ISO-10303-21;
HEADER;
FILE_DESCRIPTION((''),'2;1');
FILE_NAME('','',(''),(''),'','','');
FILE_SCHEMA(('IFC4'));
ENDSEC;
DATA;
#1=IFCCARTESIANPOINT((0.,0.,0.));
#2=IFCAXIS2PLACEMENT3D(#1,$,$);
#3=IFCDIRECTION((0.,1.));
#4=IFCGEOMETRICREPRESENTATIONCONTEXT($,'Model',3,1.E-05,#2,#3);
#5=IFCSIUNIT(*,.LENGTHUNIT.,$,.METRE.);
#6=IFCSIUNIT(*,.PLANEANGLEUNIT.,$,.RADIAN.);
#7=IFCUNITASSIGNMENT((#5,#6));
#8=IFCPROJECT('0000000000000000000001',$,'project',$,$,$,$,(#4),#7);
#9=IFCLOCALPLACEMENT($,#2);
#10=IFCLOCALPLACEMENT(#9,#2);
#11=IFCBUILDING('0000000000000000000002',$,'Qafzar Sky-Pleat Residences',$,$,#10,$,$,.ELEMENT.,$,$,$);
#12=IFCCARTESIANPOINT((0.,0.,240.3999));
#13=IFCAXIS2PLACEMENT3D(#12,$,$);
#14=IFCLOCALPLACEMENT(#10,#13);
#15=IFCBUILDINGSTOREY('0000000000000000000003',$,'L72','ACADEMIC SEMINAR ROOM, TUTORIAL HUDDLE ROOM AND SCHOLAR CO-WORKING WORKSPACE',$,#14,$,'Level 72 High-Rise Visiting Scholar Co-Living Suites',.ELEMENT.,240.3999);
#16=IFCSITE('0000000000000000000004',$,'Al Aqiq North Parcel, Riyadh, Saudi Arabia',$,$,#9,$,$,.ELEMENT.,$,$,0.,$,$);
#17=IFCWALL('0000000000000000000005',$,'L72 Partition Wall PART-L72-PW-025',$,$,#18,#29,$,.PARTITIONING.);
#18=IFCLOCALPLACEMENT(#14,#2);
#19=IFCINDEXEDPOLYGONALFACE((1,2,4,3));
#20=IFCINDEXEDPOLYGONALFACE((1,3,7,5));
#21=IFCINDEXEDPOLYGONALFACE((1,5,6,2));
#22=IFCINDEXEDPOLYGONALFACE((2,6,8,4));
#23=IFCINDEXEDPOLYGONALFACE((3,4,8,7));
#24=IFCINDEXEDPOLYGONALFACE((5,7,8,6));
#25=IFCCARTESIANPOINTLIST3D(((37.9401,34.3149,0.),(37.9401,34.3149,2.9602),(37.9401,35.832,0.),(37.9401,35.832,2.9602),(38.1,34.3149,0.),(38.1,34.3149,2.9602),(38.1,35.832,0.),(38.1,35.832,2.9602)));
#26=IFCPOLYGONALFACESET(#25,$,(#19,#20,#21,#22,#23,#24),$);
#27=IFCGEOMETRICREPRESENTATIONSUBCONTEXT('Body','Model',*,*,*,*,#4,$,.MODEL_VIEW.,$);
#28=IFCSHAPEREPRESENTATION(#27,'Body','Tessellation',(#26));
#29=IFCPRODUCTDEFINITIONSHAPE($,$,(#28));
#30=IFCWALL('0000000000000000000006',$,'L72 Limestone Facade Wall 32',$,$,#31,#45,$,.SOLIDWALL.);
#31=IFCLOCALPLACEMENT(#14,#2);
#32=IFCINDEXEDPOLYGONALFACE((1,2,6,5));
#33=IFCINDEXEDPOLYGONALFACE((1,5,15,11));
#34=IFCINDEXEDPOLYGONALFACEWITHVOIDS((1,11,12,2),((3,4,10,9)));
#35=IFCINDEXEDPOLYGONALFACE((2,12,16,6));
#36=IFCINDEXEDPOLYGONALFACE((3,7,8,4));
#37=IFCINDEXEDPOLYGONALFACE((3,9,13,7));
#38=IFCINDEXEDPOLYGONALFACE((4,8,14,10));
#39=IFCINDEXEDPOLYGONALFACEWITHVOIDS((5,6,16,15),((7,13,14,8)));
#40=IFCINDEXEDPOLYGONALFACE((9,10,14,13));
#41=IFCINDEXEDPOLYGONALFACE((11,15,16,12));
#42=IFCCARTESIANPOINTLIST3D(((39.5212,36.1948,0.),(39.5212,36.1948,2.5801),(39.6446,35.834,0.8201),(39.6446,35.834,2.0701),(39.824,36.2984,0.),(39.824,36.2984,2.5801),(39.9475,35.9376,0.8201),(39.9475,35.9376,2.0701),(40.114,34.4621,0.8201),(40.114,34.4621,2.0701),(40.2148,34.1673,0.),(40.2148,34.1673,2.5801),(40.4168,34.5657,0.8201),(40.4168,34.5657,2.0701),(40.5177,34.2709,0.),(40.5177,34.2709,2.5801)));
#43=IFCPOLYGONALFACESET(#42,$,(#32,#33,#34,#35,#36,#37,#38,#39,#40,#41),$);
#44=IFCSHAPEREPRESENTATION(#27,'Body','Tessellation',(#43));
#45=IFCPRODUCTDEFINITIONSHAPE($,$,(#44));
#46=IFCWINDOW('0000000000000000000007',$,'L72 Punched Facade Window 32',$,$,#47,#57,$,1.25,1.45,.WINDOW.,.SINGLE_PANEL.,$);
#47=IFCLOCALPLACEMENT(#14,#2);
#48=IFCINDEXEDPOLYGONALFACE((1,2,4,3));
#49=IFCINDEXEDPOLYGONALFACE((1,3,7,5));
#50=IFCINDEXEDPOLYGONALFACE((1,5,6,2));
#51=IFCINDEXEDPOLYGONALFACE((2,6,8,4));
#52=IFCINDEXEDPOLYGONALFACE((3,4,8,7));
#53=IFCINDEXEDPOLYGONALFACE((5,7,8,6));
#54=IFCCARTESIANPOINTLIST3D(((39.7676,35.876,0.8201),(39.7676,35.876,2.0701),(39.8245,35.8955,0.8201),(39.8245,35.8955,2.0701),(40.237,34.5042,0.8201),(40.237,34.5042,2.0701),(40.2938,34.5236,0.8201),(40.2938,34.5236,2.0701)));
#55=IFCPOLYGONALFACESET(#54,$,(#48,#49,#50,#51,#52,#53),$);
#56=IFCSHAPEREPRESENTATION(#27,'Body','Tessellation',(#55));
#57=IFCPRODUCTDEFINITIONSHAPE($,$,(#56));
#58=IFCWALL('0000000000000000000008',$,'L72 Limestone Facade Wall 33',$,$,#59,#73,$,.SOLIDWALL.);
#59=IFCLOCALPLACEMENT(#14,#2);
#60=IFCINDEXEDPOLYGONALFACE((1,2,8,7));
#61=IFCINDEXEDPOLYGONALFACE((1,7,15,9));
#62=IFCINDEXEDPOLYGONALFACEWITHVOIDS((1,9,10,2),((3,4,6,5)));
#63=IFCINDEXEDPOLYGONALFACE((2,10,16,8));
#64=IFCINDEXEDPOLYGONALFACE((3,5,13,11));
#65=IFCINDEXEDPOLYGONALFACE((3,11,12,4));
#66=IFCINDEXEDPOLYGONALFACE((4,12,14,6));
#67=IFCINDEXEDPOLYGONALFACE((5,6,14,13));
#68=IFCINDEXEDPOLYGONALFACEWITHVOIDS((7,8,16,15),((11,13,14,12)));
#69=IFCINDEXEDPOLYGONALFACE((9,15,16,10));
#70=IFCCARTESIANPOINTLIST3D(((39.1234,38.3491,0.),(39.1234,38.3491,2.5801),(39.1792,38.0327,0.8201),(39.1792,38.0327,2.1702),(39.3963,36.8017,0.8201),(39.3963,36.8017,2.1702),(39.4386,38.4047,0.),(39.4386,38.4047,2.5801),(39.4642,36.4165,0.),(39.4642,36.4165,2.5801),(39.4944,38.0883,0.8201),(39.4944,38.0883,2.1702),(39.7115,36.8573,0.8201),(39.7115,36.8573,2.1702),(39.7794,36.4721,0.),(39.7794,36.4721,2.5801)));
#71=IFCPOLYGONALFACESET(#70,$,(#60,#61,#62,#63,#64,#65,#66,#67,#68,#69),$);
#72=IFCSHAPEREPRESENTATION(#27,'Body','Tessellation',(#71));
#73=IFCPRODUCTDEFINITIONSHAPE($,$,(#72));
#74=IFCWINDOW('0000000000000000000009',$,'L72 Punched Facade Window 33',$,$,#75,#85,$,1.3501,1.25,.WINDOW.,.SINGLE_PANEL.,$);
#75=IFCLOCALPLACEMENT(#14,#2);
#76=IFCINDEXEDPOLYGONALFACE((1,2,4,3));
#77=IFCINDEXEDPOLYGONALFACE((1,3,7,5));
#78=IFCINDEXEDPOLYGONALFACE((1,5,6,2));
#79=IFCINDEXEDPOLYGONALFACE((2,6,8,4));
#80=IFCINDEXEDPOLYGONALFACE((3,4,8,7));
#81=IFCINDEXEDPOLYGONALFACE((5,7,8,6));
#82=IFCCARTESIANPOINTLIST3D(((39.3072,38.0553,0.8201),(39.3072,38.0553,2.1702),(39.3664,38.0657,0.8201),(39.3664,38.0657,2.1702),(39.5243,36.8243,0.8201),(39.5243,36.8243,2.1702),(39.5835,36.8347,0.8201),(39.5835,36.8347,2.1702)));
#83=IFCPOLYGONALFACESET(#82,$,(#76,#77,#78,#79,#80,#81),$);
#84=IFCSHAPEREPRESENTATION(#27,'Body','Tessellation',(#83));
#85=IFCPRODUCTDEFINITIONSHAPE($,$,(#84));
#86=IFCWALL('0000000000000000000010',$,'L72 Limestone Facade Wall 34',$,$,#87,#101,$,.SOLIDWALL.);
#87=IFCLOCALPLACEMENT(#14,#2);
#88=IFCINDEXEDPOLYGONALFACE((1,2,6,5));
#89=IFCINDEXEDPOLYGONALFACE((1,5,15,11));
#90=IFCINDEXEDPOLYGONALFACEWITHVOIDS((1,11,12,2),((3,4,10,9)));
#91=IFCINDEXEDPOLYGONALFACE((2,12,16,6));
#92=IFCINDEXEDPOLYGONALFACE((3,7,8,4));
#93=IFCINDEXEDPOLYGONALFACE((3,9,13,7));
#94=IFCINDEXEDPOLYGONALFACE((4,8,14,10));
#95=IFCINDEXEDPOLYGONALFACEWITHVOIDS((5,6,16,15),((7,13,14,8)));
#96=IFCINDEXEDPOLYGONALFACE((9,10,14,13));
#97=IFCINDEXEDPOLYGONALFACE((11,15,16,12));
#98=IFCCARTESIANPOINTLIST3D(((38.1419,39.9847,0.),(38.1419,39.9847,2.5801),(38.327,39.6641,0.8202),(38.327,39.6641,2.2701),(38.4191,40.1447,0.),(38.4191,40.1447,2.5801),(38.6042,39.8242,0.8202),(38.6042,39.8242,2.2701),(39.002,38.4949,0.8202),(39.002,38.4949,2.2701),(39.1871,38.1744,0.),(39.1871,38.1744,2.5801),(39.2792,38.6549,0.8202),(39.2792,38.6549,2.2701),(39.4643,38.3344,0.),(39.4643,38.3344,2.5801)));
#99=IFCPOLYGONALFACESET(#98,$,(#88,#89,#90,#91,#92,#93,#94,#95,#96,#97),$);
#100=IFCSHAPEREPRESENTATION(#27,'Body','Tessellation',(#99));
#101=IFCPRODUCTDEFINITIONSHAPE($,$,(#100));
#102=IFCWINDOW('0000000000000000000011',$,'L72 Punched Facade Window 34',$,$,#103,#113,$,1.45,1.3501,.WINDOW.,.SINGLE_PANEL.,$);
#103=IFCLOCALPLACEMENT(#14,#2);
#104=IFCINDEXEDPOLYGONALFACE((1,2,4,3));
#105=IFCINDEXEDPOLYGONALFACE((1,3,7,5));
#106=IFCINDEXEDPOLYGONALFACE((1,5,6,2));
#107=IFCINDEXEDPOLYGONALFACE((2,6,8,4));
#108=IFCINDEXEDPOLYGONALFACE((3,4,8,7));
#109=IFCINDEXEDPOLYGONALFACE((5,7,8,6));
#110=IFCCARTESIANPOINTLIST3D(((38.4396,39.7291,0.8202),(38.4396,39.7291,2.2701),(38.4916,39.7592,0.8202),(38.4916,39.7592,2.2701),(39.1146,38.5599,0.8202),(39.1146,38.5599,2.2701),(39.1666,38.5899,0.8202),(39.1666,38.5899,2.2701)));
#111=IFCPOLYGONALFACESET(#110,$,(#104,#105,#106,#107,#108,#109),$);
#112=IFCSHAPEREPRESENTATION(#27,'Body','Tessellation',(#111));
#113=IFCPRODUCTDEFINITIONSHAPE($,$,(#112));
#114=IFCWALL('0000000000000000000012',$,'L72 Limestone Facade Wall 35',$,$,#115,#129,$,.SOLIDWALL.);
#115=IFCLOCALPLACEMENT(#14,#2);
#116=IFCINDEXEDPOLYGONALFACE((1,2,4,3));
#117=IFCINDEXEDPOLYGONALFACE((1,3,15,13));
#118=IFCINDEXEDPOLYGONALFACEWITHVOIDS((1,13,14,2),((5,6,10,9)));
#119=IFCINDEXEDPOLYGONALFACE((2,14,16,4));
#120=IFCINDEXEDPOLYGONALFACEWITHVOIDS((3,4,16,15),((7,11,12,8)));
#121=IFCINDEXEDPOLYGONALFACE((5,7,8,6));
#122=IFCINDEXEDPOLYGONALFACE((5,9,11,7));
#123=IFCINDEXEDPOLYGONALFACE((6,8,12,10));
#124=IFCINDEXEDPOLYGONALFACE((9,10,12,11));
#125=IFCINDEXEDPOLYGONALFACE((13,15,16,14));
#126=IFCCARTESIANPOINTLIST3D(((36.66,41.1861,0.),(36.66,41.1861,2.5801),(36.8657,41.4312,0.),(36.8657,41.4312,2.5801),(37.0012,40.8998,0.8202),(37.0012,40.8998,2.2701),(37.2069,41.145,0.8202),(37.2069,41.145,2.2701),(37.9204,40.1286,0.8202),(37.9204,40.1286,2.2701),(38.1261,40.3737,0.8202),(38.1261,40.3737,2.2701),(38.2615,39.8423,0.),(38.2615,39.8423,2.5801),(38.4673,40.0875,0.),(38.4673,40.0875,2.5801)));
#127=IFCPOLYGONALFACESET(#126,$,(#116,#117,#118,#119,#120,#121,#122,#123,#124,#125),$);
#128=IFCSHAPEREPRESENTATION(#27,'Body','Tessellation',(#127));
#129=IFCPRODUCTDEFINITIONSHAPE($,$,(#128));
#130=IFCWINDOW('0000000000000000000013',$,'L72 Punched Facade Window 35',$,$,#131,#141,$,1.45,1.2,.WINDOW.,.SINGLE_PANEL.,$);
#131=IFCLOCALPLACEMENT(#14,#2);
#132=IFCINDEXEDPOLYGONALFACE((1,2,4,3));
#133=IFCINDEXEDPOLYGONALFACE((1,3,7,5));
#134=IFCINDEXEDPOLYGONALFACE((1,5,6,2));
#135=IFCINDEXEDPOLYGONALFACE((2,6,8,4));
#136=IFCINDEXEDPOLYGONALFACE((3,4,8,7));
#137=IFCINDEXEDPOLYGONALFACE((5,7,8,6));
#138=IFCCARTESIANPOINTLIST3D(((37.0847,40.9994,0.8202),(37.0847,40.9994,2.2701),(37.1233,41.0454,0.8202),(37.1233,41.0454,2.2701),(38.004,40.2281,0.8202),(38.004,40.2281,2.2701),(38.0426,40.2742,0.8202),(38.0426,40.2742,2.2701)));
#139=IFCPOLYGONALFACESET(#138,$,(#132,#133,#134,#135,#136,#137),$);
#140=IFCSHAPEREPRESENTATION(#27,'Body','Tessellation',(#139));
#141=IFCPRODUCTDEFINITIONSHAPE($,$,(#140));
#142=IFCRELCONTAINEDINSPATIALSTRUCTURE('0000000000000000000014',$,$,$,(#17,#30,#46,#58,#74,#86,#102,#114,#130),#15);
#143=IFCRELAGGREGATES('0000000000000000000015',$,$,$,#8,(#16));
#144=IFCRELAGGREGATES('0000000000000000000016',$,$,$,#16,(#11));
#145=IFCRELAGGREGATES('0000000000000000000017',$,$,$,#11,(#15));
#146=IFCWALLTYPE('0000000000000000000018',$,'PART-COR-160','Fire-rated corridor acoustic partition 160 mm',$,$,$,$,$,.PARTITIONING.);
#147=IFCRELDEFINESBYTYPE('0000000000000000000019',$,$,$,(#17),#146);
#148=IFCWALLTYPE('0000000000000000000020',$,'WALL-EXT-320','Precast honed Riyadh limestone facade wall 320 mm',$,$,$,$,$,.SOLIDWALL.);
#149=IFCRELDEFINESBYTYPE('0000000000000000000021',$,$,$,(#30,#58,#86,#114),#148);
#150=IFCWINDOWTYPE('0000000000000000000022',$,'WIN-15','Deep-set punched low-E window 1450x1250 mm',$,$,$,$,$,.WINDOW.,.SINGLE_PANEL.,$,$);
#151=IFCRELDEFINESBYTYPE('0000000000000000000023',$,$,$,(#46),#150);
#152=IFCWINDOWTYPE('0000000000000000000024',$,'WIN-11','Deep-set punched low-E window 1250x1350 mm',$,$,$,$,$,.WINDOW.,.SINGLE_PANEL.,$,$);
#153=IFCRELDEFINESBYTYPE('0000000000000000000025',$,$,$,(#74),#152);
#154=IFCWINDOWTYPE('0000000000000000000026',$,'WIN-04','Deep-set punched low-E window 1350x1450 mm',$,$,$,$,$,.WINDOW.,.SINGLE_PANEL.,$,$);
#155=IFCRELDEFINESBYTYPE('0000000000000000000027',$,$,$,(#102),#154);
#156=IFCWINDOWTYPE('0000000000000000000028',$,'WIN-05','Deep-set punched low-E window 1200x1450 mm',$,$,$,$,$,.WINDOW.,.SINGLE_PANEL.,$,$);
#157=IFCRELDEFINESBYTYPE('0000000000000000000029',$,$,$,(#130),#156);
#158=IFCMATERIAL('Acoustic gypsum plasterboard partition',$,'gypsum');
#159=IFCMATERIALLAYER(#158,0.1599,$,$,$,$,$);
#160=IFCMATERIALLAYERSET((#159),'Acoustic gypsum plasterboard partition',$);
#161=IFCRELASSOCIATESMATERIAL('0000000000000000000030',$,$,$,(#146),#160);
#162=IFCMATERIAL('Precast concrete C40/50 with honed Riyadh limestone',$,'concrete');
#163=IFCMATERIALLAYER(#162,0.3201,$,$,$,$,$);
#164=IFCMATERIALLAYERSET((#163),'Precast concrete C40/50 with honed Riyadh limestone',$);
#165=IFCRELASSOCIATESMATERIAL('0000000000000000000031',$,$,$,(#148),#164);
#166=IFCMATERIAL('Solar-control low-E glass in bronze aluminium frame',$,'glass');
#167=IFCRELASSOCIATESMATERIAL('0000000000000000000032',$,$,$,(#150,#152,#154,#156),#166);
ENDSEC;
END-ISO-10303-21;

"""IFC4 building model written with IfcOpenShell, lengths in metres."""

from ifc_helpers import new_model, si_unit, direction, frame, frame_2d, origin, place, context, subcontext, project, spatial, rectangle, extrude, source, transform, mapped, material, layer, layer_set, type_object, element, fill, save


model = new_model("IFC4")

# Units and contexts
model_context = context("Model", 3, precision=1e-05, world=origin(), true_north=direction((0.0, 1.0)))
body_context = subcontext(model_context, "Body", "Model", "MODEL_VIEW")
ifc_project = project(units=[si_unit("LENGTHUNIT", "METRE"), si_unit("PLANEANGLEUNIT", "RADIAN")], contexts=[model_context])

# Site, building, storey
site_placement = place(None, origin())
site = spatial("IfcSite", under=ifc_project, at=site_placement, Name="Al Aqiq North Parcel, Riyadh, Saudi Arabia", CompositionType="ELEMENT", RefElevation=0.0)
building_placement = place(site_placement, origin())
building = spatial("IfcBuilding", under=site, at=building_placement, Name="Qafzar Sky-Pleat Residences", CompositionType="ELEMENT")
storey_placement = place(building_placement, frame((0.0, 0.0, 240.3999)))
storey = spatial("IfcBuildingStorey", under=building, at=storey_placement, Name="L72", Description="ACADEMIC SEMINAR ROOM, TUTORIAL HUDDLE ROOM AND SCHOLAR CO-WORKING WORKSPACE", LongName="Level 72 High-Rise Visiting Scholar Co-Living Suites", CompositionType="ELEMENT", Elevation=240.3999)

# Wall
ifc_material_1 = material(Name="Acoustic gypsum plasterboard partition", Category="gypsum")
ifc_layer_1 = layer(ifc_material_1, 0.1599)
ifc_layer_set_1 = layer_set([ifc_layer_1], Name="Acoustic gypsum plasterboard partition")
wall_type_1 = type_object("IfcWallType", Name="PART-COR-160", Description="Fire-rated corridor acoustic partition 160 mm", PredefinedType="PARTITIONING", material=ifc_layer_set_1)
wall_1_placement = place(storey_placement, frame((38.02, 34.3149, 0.0), z_axis=(0.0, 0.0, 1.0), x_axis=(0.0, 1.0, 0.0)))
element("IfcWall", 1, at=wall_1_placement, inside=storey, type_object=wall_type_1, Name="L72 Partition Wall PART-L72-PW-025", PredefinedType="PARTITIONING", context=body_context, shape_type="SweptSolid", body=[
    extrude(rectangle(XDim=1.5171, YDim=0.1599, at=frame_2d((0.7585, 0.0))), origin(), (0.0, 0.0, 1.0), 2.9602),
])

# Walls, openings, windows
ifc_material_2 = material(Name="Precast concrete C40/50 with honed Riyadh limestone", Category="concrete")
ifc_layer_2 = layer(ifc_material_2, 0.3201)
ifc_layer_set_2 = layer_set([ifc_layer_2], Name="Precast concrete C40/50 with honed Riyadh limestone")
wall_type_2 = type_object("IfcWallType", Name="WALL-EXT-320", Description="Precast honed Riyadh limestone facade wall 320 mm", PredefinedType="SOLIDWALL", material=ifc_layer_set_2)
wall_2_placement = place(storey_placement, frame((40.3662, 34.2192, 0.0), z_axis=(0.0, 0.0, 1.0), x_axis=(-0.323704, 0.946158, 0.0)))
wall_2 = element("IfcWall", 2, at=wall_2_placement, inside=storey, type_object=wall_type_2, Name="L72 Limestone Facade Wall 32", PredefinedType="SOLIDWALL", context=body_context, shape_type="SweptSolid", body=[
    extrude(rectangle(XDim=2.1428, YDim=0.3201, at=frame_2d((1.0713, 0.0))), origin(), (0.0, 0.0, 1.0), 2.5801),
])
opening_1_placement = place(wall_2_placement, frame((0.3113, 0.0, 0.8201)))
opening_1 = element("IfcOpeningElement", 3, at=opening_1_placement, cuts=wall_2, PredefinedType="OPENING", context=body_context, shape_type="SweptSolid", body=[
    extrude(rectangle(XDim=1.45, YDim=1.25, at=frame_2d((0.7251, 0.625))), frame((0.0, 0.1699, 0.0), z_axis=(0.0, -1.0, 0.0), x_axis=(1.0, 0.0, 0.0)), (0.0, 0.0, 1.0), 0.3401),
])
ifc_material_3 = material(Name="Solar-control low-E glass in bronze aluminium frame", Category="glass")
window_type_1 = type_object("IfcWindowType", Name="WIN-15", Description="Deep-set punched low-E window 1450x1250 mm", PartitioningType="SINGLE_PANEL", PredefinedType="WINDOW", material=ifc_material_3)
shared_shape_1 = source(origin(), body_context, "Body", "SweptSolid", [
    extrude(rectangle(XDim=1.45, YDim=1.25, at=frame_2d((0.7251, 0.625))), frame((0.0, 0.03, 0.0), z_axis=(0.0, -1.0, 0.0), x_axis=(1.0, 0.0, 0.0)), (0.0, 0.0, 1.0), 0.0601),
])
window_1_placement = place(opening_1_placement, origin())
window_1 = element("IfcWindow", 4, at=window_1_placement, inside=storey, type_object=window_type_1, Name="L72 Punched Facade Window 32", OverallHeight=1.25, OverallWidth=1.45, PartitioningType="SINGLE_PANEL", PredefinedType="WINDOW", context=body_context, shape_type="MappedRepresentation", body=[
    mapped(shared_shape_1, transform((0.0, 0.0, 0.0), x_axis=(1.0, 0.0, 0.0), y_axis=(0.0, 1.0, 0.0), z_axis=(0.0, 0.0, 1.0), scale=1.0)),
])
fill(opening_1, window_1)
wall_3_placement = place(storey_placement, frame((39.6218, 36.4443, 0.0), z_axis=(0.0, 0.0, 1.0), x_axis=(-0.173672, 0.984804, 0.0)))
wall_3 = element("IfcWall", 5, at=wall_3_placement, inside=storey, type_object=wall_type_2, Name="L72 Limestone Facade Wall 33", PredefinedType="SOLIDWALL", context=body_context, shape_type="SweptSolid", body=[
    extrude(rectangle(XDim=1.9624, YDim=0.3201, at=frame_2d((0.9812, 0.0))), origin(), (0.0, 0.0, 1.0), 2.5801),
])
opening_2_placement = place(wall_3_placement, frame((0.3911, 0.0, 0.8201)))
opening_2 = element("IfcOpeningElement", 6, at=opening_2_placement, cuts=wall_3, PredefinedType="OPENING", context=body_context, shape_type="SweptSolid", body=[
    extrude(rectangle(XDim=1.25, YDim=1.3501, at=frame_2d((0.625, 0.675))), frame((0.0, 0.1699, 0.0), z_axis=(0.0, -1.0, 0.0), x_axis=(1.0, 0.0, 0.0)), (0.0, 0.0, 1.0), 0.3401),
])
window_type_2 = type_object("IfcWindowType", Name="WIN-11", Description="Deep-set punched low-E window 1250x1350 mm", PartitioningType="SINGLE_PANEL", PredefinedType="WINDOW", material=ifc_material_3)
shared_shape_2 = source(origin(), body_context, "Body", "SweptSolid", [
    extrude(rectangle(XDim=1.25, YDim=1.3501, at=frame_2d((0.625, 0.675))), frame((0.0, 0.03, 0.0), z_axis=(0.0, -1.0, 0.0), x_axis=(1.0, 0.0, 0.0)), (0.0, 0.0, 1.0), 0.0601),
])
window_2_placement = place(opening_2_placement, origin())
window_2 = element("IfcWindow", 7, at=window_2_placement, inside=storey, type_object=window_type_2, Name="L72 Punched Facade Window 33", OverallHeight=1.3501, OverallWidth=1.25, PartitioningType="SINGLE_PANEL", PredefinedType="WINDOW", context=body_context, shape_type="MappedRepresentation", body=[
    mapped(shared_shape_2, transform((0.0, 0.0, 0.0), x_axis=(1.0, 0.0, 0.0), y_axis=(0.0, 1.0, 0.0), z_axis=(0.0, 0.0, 1.0), scale=1.0)),
])
fill(opening_2, window_2)
wall_4_placement = place(storey_placement, frame((39.3257, 38.2544, 0.0), z_axis=(0.0, 0.0, 1.0), x_axis=(-0.499995, 0.866028, 0.0)))
wall_4 = element("IfcWall", 8, at=wall_4_placement, inside=storey, type_object=wall_type_2, Name="L72 Limestone Facade Wall 34", PredefinedType="SOLIDWALL", context=body_context, shape_type="SweptSolid", body=[
    extrude(rectangle(XDim=2.0903, YDim=0.3201, at=frame_2d((1.0452, 0.0))), origin(), (0.0, 0.0, 1.0), 2.5801),
])
opening_3_placement = place(wall_4_placement, frame((0.3701, 0.0, 0.8201)))
opening_3 = element("IfcOpeningElement", 9, at=opening_3_placement, cuts=wall_4, PredefinedType="OPENING", context=body_context, shape_type="SweptSolid", body=[
    extrude(rectangle(XDim=1.3501, YDim=1.45, at=frame_2d((0.675, 0.7251))), frame((0.0, 0.1699, 0.0), z_axis=(0.0, -1.0, 0.0), x_axis=(1.0, 0.0, 0.0)), (0.0, 0.0, 1.0), 0.3401),
])
window_type_3 = type_object("IfcWindowType", Name="WIN-04", Description="Deep-set punched low-E window 1350x1450 mm", PartitioningType="SINGLE_PANEL", PredefinedType="WINDOW", material=ifc_material_3)
shared_shape_3 = source(origin(), body_context, "Body", "SweptSolid", [
    extrude(rectangle(XDim=1.3501, YDim=1.45, at=frame_2d((0.675, 0.7251))), frame((0.0, 0.03, 0.0), z_axis=(0.0, -1.0, 0.0), x_axis=(1.0, 0.0, 0.0)), (0.0, 0.0, 1.0), 0.0601),
])
window_3_placement = place(opening_3_placement, origin())
window_3 = element("IfcWindow", 10, at=window_3_placement, inside=storey, type_object=window_type_3, Name="L72 Punched Facade Window 34", OverallHeight=1.45, OverallWidth=1.3501, PartitioningType="SINGLE_PANEL", PredefinedType="WINDOW", context=body_context, shape_type="MappedRepresentation", body=[
    mapped(shared_shape_3, transform((0.0, 0.0, 0.0), x_axis=(1.0, 0.0, 0.0), y_axis=(0.0, 1.0, 0.0), z_axis=(0.0, 0.0, 1.0), scale=1.0)),
])
fill(opening_3, window_3)
wall_5_placement = place(storey_placement, frame((38.3645, 39.9648, 0.0), z_axis=(0.0, 0.0, 1.0), x_axis=(-0.766073, 0.642754, 0.0)))
wall_5 = element("IfcWall", 11, at=wall_5_placement, inside=storey, type_object=wall_type_2, Name="L72 Limestone Facade Wall 35", PredefinedType="SOLIDWALL", context=body_context, shape_type="SweptSolid", body=[
    extrude(rectangle(XDim=2.0906, YDim=0.3201, at=frame_2d((1.0454, 0.0))), origin(), (0.0, 0.0, 1.0), 2.5801),
])
opening_4_placement = place(wall_5_placement, frame((0.4453, 0.0, 0.8201)))
opening_4 = element("IfcOpeningElement", 12, at=opening_4_placement, cuts=wall_5, PredefinedType="OPENING", context=body_context, shape_type="SweptSolid", body=[
    extrude(rectangle(XDim=1.2, YDim=1.45, at=frame_2d((0.6001, 0.7251))), frame((0.0, 0.1699, 0.0), z_axis=(0.0, -1.0, 0.0), x_axis=(1.0, 0.0, 0.0)), (0.0, 0.0, 1.0), 0.3401),
])
window_type_4 = type_object("IfcWindowType", Name="WIN-05", Description="Deep-set punched low-E window 1200x1450 mm", PartitioningType="SINGLE_PANEL", PredefinedType="WINDOW", material=ifc_material_3)
shared_shape_4 = source(origin(), body_context, "Body", "SweptSolid", [
    extrude(rectangle(XDim=1.2, YDim=1.45, at=frame_2d((0.6001, 0.7251))), frame((0.0, 0.03, 0.0), z_axis=(0.0, -1.0, 0.0), x_axis=(1.0, 0.0, 0.0)), (0.0, 0.0, 1.0), 0.0601),
])
window_4_placement = place(opening_4_placement, origin())
window_4 = element("IfcWindow", 13, at=window_4_placement, inside=storey, type_object=window_type_4, Name="L72 Punched Facade Window 35", OverallHeight=1.45, OverallWidth=1.2, PartitioningType="SINGLE_PANEL", PredefinedType="WINDOW", context=body_context, shape_type="MappedRepresentation", body=[
    mapped(shared_shape_4, transform((0.0, 0.0, 0.0), x_axis=(1.0, 0.0, 0.0), y_axis=(0.0, 1.0, 0.0), z_axis=(0.0, 0.0, 1.0), scale=1.0)),
])
fill(opening_4, window_4)

save(model, "model.ifc")
